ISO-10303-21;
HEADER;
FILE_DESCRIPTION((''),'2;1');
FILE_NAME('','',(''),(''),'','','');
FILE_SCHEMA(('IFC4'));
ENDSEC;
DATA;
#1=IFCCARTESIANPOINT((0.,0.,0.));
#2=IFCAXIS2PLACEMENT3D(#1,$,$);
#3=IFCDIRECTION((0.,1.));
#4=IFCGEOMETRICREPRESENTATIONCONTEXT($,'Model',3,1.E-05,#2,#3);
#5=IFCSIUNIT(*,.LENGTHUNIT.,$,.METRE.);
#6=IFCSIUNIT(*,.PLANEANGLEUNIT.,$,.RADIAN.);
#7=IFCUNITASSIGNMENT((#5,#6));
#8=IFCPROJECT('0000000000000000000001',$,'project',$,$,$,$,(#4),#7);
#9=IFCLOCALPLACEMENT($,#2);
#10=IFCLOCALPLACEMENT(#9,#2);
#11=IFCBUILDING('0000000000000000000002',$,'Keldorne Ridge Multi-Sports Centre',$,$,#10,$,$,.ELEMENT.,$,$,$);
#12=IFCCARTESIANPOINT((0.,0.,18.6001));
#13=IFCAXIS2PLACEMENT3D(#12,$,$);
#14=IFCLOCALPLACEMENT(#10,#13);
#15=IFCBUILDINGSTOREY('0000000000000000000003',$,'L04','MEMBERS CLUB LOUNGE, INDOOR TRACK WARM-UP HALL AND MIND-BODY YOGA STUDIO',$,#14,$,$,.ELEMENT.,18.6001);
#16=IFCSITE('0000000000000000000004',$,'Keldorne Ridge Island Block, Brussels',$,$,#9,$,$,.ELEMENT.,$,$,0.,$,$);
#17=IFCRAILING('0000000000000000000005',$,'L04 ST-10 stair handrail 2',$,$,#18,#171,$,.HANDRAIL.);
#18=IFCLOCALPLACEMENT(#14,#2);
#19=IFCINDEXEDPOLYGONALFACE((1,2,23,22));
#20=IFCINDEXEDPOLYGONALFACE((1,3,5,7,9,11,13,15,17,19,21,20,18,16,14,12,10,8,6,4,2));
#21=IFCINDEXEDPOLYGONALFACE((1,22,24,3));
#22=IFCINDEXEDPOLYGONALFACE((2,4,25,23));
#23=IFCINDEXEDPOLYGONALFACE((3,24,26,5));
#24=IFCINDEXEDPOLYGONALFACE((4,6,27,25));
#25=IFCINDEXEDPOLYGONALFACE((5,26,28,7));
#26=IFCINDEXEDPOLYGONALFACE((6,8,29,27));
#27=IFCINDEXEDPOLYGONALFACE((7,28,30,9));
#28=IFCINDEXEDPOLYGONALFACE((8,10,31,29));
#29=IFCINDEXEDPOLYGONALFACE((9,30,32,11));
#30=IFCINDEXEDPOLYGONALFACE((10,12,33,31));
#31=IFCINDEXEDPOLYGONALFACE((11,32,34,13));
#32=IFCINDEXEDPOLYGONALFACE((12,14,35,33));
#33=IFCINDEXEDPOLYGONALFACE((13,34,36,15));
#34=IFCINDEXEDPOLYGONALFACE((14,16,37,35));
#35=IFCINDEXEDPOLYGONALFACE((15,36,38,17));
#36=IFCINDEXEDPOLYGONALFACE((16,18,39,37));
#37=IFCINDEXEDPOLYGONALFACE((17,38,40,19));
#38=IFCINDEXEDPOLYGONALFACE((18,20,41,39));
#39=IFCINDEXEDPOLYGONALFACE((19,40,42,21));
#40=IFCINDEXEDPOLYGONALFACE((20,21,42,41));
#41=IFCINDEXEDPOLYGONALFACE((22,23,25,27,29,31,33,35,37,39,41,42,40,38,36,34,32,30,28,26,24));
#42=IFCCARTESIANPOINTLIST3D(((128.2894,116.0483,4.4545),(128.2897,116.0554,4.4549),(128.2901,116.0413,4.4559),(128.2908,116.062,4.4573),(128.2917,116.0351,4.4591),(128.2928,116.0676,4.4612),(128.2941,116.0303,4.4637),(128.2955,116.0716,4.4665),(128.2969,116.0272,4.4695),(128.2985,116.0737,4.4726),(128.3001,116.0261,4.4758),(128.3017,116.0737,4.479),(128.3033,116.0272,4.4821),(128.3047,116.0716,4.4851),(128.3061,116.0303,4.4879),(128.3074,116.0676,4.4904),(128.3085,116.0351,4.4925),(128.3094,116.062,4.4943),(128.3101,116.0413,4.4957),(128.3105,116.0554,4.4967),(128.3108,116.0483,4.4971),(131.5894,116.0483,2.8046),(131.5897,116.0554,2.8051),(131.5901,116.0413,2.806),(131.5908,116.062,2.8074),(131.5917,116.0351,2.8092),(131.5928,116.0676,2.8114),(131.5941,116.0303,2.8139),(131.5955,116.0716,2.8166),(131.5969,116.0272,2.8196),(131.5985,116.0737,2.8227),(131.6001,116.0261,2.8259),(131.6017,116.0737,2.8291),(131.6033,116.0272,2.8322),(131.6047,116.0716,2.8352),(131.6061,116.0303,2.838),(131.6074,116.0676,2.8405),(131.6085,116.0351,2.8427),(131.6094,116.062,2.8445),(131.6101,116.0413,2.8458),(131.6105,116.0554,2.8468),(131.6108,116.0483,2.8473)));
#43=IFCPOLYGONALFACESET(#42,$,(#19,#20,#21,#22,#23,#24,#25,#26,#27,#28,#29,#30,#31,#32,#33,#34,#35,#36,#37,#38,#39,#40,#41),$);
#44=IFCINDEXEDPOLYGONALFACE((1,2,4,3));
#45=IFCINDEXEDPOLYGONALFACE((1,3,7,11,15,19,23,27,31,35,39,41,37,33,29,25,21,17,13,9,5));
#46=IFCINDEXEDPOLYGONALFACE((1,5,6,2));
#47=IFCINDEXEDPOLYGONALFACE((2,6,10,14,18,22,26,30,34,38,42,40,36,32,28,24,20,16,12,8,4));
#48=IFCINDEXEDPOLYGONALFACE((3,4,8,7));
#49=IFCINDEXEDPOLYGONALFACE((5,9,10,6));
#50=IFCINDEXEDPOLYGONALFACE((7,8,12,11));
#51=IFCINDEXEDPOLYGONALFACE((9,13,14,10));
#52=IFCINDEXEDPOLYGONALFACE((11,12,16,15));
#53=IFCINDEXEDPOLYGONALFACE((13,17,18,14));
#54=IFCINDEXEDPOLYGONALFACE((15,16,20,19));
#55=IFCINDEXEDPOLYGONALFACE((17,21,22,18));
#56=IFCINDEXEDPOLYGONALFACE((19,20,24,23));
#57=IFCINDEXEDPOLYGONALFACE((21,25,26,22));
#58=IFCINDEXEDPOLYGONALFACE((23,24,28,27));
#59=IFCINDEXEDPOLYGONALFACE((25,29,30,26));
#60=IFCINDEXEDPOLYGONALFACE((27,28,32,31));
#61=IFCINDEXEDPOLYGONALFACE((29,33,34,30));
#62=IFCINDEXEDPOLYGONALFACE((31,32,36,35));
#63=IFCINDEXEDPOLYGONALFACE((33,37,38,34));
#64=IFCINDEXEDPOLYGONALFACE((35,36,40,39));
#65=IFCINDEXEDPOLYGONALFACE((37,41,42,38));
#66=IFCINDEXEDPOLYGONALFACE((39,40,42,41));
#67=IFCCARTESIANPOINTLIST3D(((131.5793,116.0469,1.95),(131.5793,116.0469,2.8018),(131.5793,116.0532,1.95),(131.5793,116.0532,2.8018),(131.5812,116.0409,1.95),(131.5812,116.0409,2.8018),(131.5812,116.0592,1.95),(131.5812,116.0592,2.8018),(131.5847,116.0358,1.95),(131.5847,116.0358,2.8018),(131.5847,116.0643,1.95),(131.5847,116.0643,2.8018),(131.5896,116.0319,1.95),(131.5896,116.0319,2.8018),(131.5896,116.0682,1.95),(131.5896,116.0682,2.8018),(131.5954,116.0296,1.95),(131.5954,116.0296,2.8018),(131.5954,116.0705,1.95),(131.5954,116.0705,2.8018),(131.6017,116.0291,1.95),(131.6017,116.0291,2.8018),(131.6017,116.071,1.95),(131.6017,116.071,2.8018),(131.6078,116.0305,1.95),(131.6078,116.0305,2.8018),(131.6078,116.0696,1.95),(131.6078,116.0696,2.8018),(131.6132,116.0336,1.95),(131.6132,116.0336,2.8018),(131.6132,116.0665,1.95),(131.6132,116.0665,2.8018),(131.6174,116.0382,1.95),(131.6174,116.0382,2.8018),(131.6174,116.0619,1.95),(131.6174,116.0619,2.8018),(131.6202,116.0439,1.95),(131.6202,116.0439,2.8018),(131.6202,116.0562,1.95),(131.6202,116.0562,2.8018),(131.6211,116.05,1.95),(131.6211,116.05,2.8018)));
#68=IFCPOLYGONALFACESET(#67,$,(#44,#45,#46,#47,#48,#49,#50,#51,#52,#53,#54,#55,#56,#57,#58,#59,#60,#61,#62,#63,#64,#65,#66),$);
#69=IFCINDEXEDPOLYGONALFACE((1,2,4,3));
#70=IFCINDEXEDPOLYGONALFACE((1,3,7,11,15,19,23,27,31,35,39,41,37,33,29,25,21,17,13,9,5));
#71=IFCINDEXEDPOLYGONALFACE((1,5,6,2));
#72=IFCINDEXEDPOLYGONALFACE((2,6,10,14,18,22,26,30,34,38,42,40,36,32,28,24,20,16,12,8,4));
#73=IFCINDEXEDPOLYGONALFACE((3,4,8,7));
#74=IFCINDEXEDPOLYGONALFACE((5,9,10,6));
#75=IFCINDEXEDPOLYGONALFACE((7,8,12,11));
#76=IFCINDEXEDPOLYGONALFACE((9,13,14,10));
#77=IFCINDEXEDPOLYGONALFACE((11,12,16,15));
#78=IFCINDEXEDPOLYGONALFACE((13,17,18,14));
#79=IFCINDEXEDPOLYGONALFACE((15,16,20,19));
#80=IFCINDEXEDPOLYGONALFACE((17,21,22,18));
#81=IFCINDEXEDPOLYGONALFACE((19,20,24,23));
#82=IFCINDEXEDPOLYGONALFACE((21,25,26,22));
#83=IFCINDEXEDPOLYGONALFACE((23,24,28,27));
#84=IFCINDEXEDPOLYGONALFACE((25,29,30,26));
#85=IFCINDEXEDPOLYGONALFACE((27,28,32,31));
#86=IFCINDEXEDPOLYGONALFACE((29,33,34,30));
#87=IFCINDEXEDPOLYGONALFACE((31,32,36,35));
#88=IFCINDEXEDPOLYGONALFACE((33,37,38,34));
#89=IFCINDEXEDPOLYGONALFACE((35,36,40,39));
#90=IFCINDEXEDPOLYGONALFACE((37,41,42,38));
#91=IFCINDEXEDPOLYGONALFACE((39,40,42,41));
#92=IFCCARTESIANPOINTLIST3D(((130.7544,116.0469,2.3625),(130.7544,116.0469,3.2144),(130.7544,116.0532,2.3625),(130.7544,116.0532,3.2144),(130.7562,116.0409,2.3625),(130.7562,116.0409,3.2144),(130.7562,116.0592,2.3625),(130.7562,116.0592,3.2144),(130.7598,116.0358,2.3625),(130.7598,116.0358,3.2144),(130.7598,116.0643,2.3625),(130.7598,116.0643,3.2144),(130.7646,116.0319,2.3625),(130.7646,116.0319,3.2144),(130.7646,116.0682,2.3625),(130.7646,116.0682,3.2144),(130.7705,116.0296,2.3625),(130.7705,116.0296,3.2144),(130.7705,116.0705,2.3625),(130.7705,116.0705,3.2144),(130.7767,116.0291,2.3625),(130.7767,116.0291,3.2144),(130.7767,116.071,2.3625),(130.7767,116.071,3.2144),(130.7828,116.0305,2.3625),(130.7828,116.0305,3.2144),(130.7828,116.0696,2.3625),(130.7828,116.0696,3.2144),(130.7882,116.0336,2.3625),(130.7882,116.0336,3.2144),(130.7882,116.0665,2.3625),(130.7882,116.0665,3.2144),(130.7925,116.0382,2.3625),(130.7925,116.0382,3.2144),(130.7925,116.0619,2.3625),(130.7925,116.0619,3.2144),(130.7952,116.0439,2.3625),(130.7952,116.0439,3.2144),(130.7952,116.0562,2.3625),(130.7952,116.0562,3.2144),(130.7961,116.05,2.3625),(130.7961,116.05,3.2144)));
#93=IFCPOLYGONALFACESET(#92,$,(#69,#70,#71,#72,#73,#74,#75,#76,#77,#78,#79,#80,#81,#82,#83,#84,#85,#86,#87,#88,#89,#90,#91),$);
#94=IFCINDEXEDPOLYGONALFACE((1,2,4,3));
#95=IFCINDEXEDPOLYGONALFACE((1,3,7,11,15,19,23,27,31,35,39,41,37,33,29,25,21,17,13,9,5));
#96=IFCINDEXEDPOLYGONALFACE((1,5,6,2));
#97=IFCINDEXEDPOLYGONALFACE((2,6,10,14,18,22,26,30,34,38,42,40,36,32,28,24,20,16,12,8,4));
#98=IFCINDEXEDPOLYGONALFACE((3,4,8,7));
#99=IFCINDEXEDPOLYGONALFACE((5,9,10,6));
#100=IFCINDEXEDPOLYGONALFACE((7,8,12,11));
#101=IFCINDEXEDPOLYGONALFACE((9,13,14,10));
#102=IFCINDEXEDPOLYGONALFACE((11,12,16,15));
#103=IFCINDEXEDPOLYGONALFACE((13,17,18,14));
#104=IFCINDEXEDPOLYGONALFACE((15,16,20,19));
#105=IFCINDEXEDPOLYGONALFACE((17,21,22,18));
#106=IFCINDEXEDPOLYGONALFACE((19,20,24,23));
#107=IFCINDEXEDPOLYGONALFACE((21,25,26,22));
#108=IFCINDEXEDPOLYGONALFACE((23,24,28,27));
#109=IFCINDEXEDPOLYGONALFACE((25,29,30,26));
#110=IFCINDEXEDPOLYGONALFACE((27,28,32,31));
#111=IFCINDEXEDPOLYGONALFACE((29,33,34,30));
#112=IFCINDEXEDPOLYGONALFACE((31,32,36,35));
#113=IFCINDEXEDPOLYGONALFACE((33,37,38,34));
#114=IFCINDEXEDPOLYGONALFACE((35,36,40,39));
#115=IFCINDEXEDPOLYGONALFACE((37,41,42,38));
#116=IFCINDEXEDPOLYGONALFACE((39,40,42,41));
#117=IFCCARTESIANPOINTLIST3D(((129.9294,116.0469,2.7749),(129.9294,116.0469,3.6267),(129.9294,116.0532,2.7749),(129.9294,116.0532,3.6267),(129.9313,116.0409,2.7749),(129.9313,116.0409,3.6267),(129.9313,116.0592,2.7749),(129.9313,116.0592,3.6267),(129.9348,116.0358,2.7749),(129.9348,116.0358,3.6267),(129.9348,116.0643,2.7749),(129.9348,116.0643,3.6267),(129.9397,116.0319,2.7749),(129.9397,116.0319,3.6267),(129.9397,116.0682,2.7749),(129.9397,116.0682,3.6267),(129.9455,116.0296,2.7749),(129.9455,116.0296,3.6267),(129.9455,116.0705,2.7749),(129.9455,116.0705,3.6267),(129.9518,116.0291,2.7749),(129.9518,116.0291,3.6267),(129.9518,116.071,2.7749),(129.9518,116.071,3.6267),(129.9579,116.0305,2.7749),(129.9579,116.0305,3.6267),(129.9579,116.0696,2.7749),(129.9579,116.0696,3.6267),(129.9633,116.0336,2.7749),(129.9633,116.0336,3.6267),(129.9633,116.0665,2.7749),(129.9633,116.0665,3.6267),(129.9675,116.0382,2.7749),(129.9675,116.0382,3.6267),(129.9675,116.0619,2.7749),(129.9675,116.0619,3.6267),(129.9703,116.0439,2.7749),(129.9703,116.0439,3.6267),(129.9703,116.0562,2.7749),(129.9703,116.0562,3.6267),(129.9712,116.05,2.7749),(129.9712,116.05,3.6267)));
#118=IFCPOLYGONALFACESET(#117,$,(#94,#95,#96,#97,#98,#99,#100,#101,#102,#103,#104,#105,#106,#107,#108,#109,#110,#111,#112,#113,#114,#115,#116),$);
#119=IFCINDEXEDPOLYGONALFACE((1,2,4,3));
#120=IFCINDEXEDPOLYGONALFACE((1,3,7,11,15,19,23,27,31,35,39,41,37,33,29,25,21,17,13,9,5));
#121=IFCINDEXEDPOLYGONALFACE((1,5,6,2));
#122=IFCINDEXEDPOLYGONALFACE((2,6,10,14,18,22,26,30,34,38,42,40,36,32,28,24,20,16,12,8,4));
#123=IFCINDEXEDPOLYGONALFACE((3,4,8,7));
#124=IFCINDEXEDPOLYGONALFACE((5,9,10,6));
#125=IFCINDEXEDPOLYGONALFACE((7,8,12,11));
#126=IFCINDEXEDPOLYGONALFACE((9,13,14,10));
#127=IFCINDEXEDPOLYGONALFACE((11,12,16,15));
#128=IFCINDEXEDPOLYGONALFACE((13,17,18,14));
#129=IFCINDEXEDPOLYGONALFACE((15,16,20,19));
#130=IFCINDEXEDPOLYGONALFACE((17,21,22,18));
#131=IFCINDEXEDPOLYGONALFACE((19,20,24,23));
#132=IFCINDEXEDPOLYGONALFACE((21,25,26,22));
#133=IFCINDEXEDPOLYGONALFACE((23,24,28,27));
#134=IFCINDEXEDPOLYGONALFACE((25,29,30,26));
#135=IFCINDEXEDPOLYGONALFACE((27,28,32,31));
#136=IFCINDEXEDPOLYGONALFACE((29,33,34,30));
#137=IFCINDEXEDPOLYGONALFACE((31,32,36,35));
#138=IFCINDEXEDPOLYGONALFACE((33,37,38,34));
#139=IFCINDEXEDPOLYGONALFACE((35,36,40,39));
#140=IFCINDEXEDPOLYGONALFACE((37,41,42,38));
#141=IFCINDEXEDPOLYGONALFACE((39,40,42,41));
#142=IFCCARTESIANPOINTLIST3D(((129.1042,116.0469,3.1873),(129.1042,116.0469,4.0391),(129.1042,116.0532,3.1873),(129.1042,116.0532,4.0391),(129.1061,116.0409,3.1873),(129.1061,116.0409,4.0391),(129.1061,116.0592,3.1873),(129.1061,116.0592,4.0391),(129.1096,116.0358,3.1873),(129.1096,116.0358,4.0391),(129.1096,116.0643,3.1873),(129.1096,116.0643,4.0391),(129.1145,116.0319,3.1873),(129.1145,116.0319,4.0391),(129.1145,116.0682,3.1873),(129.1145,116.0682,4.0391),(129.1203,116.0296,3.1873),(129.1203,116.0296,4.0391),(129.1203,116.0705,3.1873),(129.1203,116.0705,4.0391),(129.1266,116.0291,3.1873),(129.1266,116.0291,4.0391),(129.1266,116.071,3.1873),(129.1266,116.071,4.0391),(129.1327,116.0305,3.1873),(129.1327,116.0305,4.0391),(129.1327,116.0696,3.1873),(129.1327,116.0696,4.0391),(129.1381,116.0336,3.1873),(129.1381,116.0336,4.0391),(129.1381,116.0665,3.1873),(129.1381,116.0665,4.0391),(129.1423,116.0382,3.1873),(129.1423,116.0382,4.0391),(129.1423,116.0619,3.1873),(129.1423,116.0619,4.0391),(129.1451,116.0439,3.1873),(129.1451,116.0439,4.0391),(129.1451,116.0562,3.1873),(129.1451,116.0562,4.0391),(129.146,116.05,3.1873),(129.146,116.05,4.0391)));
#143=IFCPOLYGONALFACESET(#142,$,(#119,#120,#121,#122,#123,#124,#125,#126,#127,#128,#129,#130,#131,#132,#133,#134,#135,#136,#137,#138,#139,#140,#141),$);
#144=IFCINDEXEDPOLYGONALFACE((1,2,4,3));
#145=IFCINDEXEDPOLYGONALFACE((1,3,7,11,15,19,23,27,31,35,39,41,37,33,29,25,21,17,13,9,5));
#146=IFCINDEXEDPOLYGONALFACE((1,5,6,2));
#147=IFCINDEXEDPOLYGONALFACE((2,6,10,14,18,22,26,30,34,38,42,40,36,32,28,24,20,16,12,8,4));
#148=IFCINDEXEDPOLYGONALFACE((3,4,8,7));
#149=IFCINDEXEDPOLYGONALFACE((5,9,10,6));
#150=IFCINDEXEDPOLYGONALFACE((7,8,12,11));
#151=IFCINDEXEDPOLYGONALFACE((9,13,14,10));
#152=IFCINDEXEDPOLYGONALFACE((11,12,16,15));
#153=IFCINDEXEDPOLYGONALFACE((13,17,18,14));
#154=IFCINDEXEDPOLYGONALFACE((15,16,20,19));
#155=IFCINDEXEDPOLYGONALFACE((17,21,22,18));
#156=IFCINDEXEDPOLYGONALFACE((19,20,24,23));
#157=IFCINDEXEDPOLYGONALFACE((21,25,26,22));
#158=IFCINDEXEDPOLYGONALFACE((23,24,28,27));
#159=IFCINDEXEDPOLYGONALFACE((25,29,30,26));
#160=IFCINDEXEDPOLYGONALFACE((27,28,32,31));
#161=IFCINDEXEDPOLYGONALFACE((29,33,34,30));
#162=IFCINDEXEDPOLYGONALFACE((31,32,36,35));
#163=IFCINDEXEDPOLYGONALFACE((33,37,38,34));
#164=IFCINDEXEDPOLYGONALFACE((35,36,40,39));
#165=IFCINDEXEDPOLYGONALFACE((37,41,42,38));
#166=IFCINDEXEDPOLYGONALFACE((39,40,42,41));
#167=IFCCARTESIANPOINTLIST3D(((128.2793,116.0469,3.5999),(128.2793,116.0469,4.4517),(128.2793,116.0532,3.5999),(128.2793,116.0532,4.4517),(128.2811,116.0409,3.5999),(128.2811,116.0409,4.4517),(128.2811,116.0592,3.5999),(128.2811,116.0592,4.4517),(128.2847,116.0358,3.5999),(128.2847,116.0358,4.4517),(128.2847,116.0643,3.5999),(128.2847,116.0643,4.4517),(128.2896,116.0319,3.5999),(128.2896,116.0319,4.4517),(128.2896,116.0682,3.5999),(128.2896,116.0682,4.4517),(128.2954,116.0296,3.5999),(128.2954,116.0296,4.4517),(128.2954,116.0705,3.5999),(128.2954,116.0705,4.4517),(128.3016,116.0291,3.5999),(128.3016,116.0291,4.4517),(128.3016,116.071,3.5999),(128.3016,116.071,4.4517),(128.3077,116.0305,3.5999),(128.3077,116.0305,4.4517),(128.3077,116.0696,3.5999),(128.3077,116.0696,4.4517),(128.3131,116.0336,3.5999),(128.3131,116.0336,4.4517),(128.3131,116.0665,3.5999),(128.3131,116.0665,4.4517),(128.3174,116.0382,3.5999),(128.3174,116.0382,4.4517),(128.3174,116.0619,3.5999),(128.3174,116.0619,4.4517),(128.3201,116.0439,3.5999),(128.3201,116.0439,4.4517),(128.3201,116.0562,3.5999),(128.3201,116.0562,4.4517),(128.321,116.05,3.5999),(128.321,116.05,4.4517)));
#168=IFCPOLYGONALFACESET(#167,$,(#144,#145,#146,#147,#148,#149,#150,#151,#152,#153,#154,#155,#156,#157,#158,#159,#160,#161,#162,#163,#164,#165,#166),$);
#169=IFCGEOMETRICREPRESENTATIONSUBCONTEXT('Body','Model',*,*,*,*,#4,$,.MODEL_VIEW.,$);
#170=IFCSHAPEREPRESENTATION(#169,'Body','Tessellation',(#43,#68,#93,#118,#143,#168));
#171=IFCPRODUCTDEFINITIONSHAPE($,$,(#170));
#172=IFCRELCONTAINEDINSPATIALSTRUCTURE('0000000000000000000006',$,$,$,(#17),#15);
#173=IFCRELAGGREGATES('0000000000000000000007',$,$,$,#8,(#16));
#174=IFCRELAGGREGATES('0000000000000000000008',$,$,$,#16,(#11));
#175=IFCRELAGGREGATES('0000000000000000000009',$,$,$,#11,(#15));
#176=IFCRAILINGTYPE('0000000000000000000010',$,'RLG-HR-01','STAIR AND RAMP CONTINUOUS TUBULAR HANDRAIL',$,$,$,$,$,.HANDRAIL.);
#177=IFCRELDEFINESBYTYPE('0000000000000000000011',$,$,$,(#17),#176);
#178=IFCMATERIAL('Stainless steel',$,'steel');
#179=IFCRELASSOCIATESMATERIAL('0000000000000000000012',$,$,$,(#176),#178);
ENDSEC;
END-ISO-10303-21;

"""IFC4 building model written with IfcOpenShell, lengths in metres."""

from ifc_helpers import new_model, si_unit, direction, frame, origin, origin_2d, place, context, subcontext, project, spatial, circle, extrude, material, type_object, element, save


model = new_model("IFC4")

# Units and contexts
model_context = context("Model", 3, precision=1e-05, world=origin(), true_north=direction((0.0, 1.0)))
body_context = subcontext(model_context, "Body", "Model", "MODEL_VIEW")
ifc_project = project(units=[si_unit("LENGTHUNIT", "METRE"), si_unit("PLANEANGLEUNIT", "RADIAN")], contexts=[model_context])

# Site, building, storey
site_placement = place(None, origin())
site = spatial("IfcSite", under=ifc_project, at=site_placement, Name="Keldorne Ridge Island Block, Brussels", CompositionType="ELEMENT", RefElevation=0.0)
building_placement = place(site_placement, origin())
building = spatial("IfcBuilding", under=site, at=building_placement, Name="Keldorne Ridge Multi-Sports Centre", CompositionType="ELEMENT")
storey_placement = place(building_placement, frame((0.0, 0.0, 18.6001)))
storey = spatial("IfcBuildingStorey", under=building, at=storey_placement, Name="L04", Description="MEMBERS CLUB LOUNGE, INDOOR TRACK WARM-UP HALL AND MIND-BODY YOGA STUDIO", CompositionType="ELEMENT", Elevation=18.6001)

# Railing
ifc_material_1 = material(Name="Stainless steel", Category="steel")
railing_type_1 = type_object("IfcRailingType", Name="RLG-HR-01", Description="STAIR AND RAMP CONTINUOUS TUBULAR HANDRAIL", PredefinedType="HANDRAIL", material=ifc_material_1)
railing_1_placement = place(storey_placement, frame((131.6001, 116.05, 1.95)))
element("IfcRailing", 1, at=railing_1_placement, inside=storey, type_object=railing_type_1, Name="L04 ST-10 stair handrail 2", PredefinedType="HANDRAIL", context=body_context, shape_type="SweptSolid", body=[
    extrude(circle(Radius=0.0239, at=origin_2d()), frame((0.0, 0.0, 0.876), z_axis=(-0.89444, 0.0, 0.447187), x_axis=(0.0, -1.0, 0.0)), (0.0, 0.0, 1.0), 3.6895),
    extrude(circle(Radius=0.021, at=origin_2d()), origin(), (0.0, 0.0, 1.0), 0.8518),
    extrude(circle(Radius=0.021, at=origin_2d()), frame((-0.825, 0.0, 0.4126)), (0.0, 0.0, 1.0), 0.8518),
    extrude(circle(Radius=0.021, at=origin_2d()), frame((-1.6499, 0.0, 0.825)), (0.0, 0.0, 1.0), 0.8518),
    extrude(circle(Radius=0.021, at=origin_2d()), frame((-2.4751, 0.0, 1.2373)), (0.0, 0.0, 1.0), 0.8518),
    extrude(circle(Radius=0.021, at=origin_2d()), frame((-3.3, 0.0, 1.6499)), (0.0, 0.0, 1.0), 0.8518),
])

save(model, "model.ifc")
